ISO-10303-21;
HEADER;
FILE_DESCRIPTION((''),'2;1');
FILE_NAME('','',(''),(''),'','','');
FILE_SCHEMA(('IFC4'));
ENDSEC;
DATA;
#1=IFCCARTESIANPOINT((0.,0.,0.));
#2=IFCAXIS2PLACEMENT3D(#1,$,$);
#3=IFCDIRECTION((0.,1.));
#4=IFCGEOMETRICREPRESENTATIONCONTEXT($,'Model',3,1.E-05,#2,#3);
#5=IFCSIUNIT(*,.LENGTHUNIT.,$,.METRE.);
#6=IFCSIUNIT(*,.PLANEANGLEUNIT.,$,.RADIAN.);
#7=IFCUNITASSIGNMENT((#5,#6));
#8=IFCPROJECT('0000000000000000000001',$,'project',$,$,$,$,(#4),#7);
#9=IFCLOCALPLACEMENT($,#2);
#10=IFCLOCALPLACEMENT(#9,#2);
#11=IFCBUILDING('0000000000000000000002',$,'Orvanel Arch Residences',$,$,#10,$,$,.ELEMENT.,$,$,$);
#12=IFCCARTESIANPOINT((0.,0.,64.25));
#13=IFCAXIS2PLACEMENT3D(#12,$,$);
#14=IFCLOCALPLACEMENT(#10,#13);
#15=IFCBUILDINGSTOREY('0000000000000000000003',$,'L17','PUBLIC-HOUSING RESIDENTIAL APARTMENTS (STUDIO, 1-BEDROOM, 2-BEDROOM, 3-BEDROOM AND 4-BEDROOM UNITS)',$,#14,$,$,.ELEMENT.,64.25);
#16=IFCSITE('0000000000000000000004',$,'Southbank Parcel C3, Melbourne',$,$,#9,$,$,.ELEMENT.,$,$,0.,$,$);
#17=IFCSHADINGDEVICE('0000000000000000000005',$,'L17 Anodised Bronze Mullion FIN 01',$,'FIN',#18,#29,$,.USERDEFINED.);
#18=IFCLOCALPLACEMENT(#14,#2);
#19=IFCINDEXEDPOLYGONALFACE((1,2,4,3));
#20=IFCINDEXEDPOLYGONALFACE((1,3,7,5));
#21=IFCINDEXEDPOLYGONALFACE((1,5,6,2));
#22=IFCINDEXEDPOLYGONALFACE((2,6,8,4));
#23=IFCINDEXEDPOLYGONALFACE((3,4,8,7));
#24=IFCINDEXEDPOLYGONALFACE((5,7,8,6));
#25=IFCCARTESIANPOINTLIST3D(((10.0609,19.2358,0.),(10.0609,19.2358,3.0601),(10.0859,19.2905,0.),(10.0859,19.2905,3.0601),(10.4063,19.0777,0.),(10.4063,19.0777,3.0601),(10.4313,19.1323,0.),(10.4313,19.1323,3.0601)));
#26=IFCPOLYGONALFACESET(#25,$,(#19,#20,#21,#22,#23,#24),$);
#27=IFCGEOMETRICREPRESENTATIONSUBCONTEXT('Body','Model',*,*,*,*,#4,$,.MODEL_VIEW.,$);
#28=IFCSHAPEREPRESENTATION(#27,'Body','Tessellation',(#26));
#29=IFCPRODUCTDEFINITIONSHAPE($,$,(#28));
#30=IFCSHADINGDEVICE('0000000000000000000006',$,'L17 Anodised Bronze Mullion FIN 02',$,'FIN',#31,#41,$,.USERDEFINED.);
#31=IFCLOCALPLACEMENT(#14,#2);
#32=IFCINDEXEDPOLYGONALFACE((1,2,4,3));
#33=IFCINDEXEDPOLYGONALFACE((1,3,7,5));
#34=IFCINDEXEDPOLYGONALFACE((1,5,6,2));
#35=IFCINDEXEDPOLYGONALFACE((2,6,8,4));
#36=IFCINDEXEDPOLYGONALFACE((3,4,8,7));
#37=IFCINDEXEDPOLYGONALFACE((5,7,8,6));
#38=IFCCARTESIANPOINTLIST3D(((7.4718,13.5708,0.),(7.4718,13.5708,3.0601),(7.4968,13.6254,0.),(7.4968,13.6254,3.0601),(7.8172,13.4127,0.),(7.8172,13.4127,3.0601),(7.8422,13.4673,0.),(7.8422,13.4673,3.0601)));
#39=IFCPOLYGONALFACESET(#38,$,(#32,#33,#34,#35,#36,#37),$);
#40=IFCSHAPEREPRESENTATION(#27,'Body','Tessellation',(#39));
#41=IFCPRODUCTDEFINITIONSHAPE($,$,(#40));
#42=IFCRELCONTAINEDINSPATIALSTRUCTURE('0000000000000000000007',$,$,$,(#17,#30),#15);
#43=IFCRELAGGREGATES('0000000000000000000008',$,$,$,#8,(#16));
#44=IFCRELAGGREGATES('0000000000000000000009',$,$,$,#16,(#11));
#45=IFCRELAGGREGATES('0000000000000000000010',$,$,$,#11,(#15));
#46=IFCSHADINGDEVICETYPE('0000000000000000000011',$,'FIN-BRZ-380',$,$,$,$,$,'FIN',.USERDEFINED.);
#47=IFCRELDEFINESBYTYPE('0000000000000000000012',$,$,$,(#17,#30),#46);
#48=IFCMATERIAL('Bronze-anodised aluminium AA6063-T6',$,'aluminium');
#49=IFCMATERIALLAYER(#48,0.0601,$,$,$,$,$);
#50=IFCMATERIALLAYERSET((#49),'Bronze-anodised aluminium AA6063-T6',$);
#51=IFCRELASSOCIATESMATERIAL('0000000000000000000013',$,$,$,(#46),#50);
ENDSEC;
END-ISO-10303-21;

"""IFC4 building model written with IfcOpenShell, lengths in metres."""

from ifc_helpers import new_model, si_unit, direction, frame, origin, origin_2d, place, context, subcontext, project, spatial, rectangle, extrude, material, layer, layer_set, type_object, element, save


model = new_model("IFC4")

# Units and contexts
model_context = context("Model", 3, precision=1e-05, world=origin(), true_north=direction((0.0, 1.0)))
body_context = subcontext(model_context, "Body", "Model", "MODEL_VIEW")
ifc_project = project(units=[si_unit("LENGTHUNIT", "METRE"), si_unit("PLANEANGLEUNIT", "RADIAN")], contexts=[model_context])

# Site, building, storey
site_placement = place(None, origin())
site = spatial("IfcSite", under=ifc_project, at=site_placement, Name="Southbank Parcel C3, Melbourne", CompositionType="ELEMENT", RefElevation=0.0)
building_placement = place(site_placement, origin())
building = spatial("IfcBuilding", under=site, at=building_placement, Name="Orvanel Arch Residences", CompositionType="ELEMENT")
storey_placement = place(building_placement, frame((0.0, 0.0, 64.25)))
storey = spatial("IfcBuildingStorey", under=building, at=storey_placement, Name="L17", Description="PUBLIC-HOUSING RESIDENTIAL APARTMENTS (STUDIO, 1-BEDROOM, 2-BEDROOM, 3-BEDROOM AND 4-BEDROOM UNITS)", CompositionType="ELEMENT", Elevation=64.25)

# Shared definitions
ifc_material_1 = material(Name="Bronze-anodised aluminium AA6063-T6", Category="aluminium")

# Shading devices
ifc_layer_1 = layer(ifc_material_1, 0.0601)
ifc_layer_set_1 = layer_set([ifc_layer_1], Name="Bronze-anodised aluminium AA6063-T6")
shading_device_type = type_object("IfcShadingDeviceType", Name="FIN-BRZ-380", ElementType="FIN", PredefinedType="USERDEFINED", material=ifc_layer_set_1)
for number, where, z_axis, x_axis, name in (
    (1, (10.2461, 19.1841, 0.0), (0.0, 0.0, 1.0), (-0.909236, 0.416281, 0.0), "L17 Anodised Bronze Mullion FIN 01"),
    (2, (7.657, 13.519, 0.0), (0.0, 0.0, 1.0), (-0.909236, 0.416281, 0.0), "L17 Anodised Bronze Mullion FIN 02"),
):
    element("IfcShadingDevice", number, at=place(storey_placement, frame(where, z_axis=z_axis, x_axis=x_axis)), inside=storey, type_object=shading_device_type, Name=name, ObjectType="FIN", PredefinedType="USERDEFINED", context=body_context, shape_type="SweptSolid", body=[
        extrude(rectangle(XDim=0.3799, YDim=0.0601, at=origin_2d()), origin(), (0.0, 0.0, 1.0), 3.0601),
    ])

save(model, "model.ifc")
